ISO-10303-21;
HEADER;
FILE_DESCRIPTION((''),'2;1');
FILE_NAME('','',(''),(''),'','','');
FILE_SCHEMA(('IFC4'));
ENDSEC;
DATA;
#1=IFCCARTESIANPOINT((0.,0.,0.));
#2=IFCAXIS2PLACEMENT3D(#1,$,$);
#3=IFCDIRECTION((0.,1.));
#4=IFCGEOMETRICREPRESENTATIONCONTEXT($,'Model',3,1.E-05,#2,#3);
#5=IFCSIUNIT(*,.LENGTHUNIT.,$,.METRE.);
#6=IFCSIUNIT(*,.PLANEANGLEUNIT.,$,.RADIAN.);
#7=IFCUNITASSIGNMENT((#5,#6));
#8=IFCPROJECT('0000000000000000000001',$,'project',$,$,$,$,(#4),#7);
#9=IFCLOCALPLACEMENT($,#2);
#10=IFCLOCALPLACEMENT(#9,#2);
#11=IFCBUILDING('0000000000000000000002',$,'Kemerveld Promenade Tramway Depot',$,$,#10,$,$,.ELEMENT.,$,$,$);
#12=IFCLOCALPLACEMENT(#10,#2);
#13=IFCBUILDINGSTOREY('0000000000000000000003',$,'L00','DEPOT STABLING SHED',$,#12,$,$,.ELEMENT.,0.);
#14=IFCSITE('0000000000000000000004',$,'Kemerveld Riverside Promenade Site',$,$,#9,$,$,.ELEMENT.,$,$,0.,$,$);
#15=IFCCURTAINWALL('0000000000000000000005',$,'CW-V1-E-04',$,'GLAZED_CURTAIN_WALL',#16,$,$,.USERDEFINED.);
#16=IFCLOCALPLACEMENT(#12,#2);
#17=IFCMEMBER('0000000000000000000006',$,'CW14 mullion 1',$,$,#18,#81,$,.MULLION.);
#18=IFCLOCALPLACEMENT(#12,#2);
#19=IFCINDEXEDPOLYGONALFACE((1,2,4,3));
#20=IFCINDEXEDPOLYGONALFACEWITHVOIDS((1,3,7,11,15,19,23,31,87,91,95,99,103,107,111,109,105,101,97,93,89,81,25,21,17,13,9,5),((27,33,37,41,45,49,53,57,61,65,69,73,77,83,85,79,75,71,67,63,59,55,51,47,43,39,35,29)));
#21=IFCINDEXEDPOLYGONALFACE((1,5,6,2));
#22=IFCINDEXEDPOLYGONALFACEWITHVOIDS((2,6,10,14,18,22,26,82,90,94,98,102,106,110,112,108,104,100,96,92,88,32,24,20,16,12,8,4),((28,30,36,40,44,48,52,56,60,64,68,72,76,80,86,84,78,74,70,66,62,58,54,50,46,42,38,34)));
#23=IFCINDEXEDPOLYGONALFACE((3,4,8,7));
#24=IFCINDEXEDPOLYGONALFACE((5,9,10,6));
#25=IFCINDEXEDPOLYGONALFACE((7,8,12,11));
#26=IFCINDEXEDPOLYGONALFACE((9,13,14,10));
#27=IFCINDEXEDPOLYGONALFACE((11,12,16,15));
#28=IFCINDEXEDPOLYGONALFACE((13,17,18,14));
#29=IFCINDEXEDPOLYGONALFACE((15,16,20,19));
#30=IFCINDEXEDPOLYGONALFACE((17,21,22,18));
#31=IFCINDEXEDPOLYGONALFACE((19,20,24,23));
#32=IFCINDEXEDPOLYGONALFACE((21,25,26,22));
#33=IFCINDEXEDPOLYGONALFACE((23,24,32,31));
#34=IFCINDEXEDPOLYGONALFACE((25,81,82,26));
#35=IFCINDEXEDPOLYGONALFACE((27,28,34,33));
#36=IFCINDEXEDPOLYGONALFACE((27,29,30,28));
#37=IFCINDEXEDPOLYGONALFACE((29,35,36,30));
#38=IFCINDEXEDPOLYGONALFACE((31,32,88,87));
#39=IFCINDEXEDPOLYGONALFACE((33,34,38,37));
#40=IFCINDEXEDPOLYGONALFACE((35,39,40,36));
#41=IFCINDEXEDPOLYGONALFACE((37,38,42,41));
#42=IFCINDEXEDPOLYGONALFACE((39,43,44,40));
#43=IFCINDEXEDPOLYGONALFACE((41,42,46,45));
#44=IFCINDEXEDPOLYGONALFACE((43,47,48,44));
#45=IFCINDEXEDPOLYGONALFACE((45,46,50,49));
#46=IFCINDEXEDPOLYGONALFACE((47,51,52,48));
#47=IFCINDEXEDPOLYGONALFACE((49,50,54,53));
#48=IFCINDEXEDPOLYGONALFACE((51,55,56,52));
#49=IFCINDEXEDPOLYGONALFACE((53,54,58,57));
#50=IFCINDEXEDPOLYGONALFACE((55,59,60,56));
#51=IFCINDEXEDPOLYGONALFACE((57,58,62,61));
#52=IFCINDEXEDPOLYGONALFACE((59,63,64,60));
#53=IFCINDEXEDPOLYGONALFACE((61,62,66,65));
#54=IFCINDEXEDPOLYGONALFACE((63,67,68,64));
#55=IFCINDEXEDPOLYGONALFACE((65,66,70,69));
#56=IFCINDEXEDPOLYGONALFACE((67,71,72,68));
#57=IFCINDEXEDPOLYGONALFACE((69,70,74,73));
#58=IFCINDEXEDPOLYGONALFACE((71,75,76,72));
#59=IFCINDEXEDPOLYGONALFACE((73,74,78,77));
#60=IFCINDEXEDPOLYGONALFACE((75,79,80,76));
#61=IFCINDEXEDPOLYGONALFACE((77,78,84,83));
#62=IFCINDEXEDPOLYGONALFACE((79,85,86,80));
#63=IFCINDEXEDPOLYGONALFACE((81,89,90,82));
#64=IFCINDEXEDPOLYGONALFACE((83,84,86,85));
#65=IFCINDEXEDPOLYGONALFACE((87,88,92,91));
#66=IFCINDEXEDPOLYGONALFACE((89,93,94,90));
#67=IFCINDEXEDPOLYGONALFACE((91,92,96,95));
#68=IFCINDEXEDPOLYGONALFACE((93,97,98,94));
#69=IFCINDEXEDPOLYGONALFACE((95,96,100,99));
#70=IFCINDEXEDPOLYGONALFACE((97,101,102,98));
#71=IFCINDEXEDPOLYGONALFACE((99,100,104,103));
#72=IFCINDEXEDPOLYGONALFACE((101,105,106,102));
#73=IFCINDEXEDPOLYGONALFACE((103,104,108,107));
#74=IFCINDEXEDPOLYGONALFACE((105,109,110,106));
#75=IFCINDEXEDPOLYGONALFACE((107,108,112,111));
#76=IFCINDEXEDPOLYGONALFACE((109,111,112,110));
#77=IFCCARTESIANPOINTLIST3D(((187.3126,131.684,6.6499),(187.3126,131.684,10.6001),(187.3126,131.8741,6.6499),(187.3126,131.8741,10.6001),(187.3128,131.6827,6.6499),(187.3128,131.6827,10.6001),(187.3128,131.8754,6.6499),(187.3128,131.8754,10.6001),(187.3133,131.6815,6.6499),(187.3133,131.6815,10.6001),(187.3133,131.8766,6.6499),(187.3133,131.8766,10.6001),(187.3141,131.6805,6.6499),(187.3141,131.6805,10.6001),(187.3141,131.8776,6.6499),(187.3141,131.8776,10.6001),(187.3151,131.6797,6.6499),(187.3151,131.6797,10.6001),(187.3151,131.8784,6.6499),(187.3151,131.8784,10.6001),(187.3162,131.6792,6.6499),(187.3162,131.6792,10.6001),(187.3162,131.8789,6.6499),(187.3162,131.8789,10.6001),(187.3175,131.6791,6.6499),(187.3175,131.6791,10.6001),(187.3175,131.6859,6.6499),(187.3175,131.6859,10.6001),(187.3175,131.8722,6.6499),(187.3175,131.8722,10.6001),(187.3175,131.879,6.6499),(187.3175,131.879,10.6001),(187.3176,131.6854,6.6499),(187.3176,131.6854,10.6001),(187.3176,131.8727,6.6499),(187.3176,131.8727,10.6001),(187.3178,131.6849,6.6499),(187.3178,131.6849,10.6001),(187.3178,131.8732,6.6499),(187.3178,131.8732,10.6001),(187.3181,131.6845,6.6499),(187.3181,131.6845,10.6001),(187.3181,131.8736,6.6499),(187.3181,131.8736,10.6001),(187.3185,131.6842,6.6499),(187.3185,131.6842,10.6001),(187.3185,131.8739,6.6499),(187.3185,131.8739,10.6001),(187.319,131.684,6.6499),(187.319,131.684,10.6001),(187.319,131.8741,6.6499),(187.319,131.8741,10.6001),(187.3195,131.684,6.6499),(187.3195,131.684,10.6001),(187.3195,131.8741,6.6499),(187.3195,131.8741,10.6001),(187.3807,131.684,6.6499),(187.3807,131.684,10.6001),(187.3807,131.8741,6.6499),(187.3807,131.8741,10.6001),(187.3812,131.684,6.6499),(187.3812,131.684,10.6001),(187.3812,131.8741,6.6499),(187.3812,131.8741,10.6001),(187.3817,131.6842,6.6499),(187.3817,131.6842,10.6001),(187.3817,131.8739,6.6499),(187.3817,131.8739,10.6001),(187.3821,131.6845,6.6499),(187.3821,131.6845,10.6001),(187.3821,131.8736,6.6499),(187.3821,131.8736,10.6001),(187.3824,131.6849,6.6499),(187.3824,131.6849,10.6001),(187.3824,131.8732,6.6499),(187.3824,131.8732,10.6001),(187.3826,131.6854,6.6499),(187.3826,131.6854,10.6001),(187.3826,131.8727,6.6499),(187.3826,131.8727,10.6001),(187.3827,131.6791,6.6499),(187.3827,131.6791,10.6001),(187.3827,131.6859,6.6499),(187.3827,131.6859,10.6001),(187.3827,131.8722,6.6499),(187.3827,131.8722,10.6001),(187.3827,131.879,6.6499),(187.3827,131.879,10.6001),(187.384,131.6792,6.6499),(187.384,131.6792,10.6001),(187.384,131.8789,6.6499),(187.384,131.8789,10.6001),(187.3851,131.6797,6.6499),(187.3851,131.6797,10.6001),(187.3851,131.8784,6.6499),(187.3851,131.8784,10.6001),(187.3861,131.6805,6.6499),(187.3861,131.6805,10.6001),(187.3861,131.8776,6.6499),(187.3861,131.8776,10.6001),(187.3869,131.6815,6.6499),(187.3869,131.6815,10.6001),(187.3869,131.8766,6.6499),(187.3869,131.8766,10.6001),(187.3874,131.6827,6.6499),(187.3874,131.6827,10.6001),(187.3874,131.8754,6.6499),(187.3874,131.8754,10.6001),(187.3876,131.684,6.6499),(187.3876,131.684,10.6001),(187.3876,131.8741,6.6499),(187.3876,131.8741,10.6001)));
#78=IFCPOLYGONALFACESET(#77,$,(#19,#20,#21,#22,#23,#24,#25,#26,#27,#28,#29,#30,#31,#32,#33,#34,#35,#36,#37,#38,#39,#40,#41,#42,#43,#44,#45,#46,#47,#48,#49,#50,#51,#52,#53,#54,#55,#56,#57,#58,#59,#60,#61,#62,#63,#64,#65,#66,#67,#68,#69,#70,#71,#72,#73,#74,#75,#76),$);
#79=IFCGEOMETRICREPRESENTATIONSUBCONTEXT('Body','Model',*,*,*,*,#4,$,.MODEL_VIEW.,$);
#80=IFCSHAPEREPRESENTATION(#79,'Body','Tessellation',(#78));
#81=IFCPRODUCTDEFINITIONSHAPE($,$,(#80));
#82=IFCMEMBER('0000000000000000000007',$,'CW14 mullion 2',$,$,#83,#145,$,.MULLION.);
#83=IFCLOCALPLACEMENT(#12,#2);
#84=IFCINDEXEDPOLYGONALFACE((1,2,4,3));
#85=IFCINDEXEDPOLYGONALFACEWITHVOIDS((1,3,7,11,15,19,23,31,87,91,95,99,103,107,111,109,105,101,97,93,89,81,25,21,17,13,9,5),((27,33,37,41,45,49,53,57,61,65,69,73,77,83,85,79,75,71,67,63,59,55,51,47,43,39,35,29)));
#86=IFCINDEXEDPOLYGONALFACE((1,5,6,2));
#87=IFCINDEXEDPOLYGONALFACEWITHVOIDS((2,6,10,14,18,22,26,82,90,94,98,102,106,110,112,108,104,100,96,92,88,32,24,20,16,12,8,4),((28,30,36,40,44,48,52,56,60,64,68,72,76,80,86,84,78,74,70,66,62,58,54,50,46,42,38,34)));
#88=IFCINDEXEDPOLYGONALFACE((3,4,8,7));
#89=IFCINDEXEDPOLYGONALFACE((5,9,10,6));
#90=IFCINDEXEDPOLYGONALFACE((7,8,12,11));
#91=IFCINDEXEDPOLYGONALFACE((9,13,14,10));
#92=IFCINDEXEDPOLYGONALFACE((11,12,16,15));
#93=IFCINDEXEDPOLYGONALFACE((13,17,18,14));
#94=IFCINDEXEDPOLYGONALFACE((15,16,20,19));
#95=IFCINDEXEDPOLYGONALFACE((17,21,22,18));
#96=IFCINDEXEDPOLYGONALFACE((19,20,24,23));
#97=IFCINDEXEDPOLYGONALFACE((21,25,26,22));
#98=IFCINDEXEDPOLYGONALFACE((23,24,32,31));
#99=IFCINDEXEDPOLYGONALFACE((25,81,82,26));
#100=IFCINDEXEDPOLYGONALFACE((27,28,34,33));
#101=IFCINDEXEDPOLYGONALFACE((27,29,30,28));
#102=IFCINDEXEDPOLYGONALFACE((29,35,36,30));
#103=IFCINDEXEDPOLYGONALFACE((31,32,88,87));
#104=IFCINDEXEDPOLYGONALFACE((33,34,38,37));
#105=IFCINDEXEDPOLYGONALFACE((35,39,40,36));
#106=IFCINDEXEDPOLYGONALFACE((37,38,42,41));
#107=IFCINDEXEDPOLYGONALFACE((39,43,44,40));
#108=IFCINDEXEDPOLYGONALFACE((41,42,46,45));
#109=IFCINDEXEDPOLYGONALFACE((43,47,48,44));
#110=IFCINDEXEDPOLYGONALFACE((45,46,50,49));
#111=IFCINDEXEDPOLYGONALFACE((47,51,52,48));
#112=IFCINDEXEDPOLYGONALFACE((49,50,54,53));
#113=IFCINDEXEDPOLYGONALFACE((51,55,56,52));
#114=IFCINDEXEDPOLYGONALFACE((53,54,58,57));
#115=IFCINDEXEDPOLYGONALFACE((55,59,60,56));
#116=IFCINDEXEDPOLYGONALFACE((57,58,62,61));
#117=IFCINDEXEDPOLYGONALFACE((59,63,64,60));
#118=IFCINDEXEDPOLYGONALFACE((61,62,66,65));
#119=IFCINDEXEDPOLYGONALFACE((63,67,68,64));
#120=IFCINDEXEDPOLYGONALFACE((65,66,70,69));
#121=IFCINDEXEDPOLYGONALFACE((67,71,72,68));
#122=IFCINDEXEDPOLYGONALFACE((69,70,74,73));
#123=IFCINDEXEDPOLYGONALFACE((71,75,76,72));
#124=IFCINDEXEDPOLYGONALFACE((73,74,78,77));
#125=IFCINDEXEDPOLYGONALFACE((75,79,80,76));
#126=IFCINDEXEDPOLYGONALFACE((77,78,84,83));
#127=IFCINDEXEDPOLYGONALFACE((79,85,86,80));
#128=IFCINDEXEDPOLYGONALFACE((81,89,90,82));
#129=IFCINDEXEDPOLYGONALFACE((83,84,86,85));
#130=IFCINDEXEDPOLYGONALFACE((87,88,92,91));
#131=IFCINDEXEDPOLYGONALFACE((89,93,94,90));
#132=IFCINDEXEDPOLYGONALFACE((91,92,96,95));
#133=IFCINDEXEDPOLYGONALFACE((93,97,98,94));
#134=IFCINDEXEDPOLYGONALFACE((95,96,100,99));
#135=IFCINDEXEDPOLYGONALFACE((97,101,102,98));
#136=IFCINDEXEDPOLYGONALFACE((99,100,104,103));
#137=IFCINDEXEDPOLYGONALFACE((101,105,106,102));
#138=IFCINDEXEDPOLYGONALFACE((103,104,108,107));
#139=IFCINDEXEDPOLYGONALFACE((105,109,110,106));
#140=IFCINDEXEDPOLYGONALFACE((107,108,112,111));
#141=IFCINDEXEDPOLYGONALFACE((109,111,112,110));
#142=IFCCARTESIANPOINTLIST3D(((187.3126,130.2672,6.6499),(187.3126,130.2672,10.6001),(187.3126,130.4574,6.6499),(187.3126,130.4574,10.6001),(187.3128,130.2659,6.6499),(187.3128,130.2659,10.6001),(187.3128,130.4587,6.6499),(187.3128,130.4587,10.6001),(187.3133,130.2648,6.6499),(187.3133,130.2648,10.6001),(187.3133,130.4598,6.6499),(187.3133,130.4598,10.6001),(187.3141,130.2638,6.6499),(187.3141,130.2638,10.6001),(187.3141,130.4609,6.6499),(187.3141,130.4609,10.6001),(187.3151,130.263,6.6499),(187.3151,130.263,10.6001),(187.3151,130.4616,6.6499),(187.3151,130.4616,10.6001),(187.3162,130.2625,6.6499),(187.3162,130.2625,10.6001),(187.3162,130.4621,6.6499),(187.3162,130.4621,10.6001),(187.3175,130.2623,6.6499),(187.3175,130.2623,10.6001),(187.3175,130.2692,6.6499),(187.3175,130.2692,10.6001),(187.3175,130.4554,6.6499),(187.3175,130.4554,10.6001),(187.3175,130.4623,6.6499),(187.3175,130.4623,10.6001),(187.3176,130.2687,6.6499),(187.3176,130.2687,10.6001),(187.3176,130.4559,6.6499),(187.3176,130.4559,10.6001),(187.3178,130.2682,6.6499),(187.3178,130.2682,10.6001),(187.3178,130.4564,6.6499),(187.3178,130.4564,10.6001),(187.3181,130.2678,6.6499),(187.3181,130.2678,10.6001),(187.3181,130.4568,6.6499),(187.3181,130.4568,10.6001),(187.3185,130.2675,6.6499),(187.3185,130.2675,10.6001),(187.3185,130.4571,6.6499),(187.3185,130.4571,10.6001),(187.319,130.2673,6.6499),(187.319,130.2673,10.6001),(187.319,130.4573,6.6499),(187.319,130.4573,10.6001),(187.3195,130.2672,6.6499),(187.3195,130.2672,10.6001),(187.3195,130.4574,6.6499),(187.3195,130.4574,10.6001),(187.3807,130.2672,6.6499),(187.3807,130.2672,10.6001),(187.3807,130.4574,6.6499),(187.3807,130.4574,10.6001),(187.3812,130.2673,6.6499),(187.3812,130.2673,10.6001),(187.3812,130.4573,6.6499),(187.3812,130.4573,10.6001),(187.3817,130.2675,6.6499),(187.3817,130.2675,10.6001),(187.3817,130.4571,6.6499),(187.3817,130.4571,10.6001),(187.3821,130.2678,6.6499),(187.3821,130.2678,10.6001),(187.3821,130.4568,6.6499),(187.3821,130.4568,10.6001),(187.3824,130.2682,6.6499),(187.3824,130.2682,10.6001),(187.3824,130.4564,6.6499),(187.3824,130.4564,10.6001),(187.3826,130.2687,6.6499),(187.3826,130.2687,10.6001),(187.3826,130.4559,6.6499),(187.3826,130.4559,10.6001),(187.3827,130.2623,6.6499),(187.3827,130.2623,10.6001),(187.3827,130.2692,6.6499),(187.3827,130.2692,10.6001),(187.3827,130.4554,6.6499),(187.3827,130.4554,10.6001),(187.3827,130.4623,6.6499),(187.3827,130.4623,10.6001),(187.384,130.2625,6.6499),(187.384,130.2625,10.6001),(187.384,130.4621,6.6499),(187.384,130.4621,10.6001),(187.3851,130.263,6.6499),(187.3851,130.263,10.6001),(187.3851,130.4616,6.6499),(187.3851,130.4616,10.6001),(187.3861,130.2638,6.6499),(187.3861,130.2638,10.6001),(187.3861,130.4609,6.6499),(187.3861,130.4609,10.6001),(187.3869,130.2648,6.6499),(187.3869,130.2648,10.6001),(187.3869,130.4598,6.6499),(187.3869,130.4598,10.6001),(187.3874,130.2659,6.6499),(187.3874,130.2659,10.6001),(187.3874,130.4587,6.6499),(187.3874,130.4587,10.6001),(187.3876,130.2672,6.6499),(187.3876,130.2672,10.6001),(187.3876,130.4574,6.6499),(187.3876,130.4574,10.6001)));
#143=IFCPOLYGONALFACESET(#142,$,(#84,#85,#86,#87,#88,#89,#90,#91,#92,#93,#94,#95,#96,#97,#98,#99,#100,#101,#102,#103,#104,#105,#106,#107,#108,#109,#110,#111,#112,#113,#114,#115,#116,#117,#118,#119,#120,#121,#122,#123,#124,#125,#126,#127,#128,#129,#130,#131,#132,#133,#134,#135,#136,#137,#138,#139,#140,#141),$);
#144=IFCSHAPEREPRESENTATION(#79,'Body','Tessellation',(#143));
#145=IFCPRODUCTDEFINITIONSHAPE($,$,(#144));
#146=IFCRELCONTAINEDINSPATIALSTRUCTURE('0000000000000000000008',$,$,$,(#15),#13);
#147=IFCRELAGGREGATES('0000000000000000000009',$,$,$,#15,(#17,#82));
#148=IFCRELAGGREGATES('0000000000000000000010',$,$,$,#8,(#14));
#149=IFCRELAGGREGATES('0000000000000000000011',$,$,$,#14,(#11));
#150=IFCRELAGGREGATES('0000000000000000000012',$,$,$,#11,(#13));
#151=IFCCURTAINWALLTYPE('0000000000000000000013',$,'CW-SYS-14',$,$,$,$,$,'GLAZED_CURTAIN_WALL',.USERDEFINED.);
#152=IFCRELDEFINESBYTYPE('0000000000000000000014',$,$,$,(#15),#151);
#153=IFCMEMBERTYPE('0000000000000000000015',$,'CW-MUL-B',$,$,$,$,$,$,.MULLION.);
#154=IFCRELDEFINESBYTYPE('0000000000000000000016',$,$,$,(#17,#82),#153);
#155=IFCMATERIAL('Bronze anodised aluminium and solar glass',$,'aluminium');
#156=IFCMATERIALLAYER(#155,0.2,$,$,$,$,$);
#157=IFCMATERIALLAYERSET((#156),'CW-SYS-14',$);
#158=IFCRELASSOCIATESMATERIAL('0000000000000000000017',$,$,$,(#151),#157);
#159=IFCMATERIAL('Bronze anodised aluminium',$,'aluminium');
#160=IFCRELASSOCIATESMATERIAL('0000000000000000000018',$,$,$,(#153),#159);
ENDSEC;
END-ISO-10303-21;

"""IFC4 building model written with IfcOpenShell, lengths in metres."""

from ifc_helpers import new_model, si_unit, direction, frame, origin, origin_2d, place, context, subcontext, project, spatial, hollow_rectangle, extrude, material, layer, layer_set, material_profile, profile_set, type_object, element, aggregate, save


model = new_model("IFC4")

# Units and contexts
model_context = context("Model", 3, precision=1e-05, world=origin(), true_north=direction((0.0, 1.0)))
body_context = subcontext(model_context, "Body", "Model", "MODEL_VIEW")
ifc_project = project(units=[si_unit("LENGTHUNIT", "METRE"), si_unit("PLANEANGLEUNIT", "RADIAN")], contexts=[model_context])

# Site, building, storey
site_placement = place(None, origin())
site = spatial("IfcSite", under=ifc_project, at=site_placement, Name="Kemerveld Riverside Promenade Site", CompositionType="ELEMENT", RefElevation=0.0)
building_placement = place(site_placement, origin())
building = spatial("IfcBuilding", under=site, at=building_placement, Name="Kemerveld Promenade Tramway Depot", CompositionType="ELEMENT")
storey_placement = place(building_placement, origin())
storey = spatial("IfcBuildingStorey", under=building, at=storey_placement, Name="L00", Description="DEPOT STABLING SHED", CompositionType="ELEMENT", Elevation=0.0)

# Curtain wall, members
ifc_material_1 = material(Name="Bronze anodised aluminium and solar glass", Category="aluminium")
ifc_layer_1 = layer(ifc_material_1, 0.2)
ifc_layer_set_1 = layer_set([ifc_layer_1], Name="CW-SYS-14")
curtain_wall_type = type_object("IfcCurtainWallType", Name="CW-SYS-14", ElementType="GLAZED_CURTAIN_WALL", PredefinedType="USERDEFINED", material=ifc_layer_set_1)
curtain_wall_placement = place(storey_placement, origin())
curtain_wall = element("IfcCurtainWall", 1, at=curtain_wall_placement, inside=storey, type_object=curtain_wall_type, Name="CW-V1-E-04", ObjectType="GLAZED_CURTAIN_WALL", PredefinedType="USERDEFINED")
ifc_material_2 = material(Name="Bronze anodised aluminium", Category="aluminium")
ifc_material_profile_1 = material_profile(ifc_material_2, hollow_rectangle(XDim=0.075, YDim=0.2, WallThickness=0.0049, InnerFilletRadius=0.002, OuterFilletRadius=0.0049, at=origin_2d()), Name="CW-MUL-200x75")
ifc_profile_set_1 = profile_set([ifc_material_profile_1], Name="Bronze anodised aluminium")
member_type_1 = type_object("IfcMemberType", Name="CW-MUL-B", PredefinedType="MULLION", material=ifc_profile_set_1)
member_1_placement = place(storey_placement, frame((187.3501, 131.7791, 6.6499), z_axis=(0.0, 0.0, 1.0), x_axis=(1.0, 0.0, 0.0)))
member_1 = element("IfcMember", 2, at=member_1_placement, type_object=member_type_1, Name="CW14 mullion 1", PredefinedType="MULLION", context=body_context, shape_type="SweptSolid", body=[
    extrude(hollow_rectangle(XDim=0.075, YDim=0.2, WallThickness=0.0049, InnerFilletRadius=0.002, OuterFilletRadius=0.0049, at=origin_2d()), origin(), (0.0, 0.0, 1.0), 3.9502),
])
member_2_placement = place(storey_placement, frame((187.3501, 130.3623, 6.6499), z_axis=(0.0, 0.0, 1.0), x_axis=(1.0, 0.0, 0.0)))
member_2 = element("IfcMember", 3, at=member_2_placement, type_object=member_type_1, Name="CW14 mullion 2", PredefinedType="MULLION", context=body_context, shape_type="SweptSolid", body=[
    extrude(hollow_rectangle(XDim=0.075, YDim=0.2, WallThickness=0.0049, InnerFilletRadius=0.002, OuterFilletRadius=0.0049, at=origin_2d()), origin(), (0.0, 0.0, 1.0), 3.9502),
])

aggregate(curtain_wall, [member_1, member_2])

save(model, "model.ifc")
